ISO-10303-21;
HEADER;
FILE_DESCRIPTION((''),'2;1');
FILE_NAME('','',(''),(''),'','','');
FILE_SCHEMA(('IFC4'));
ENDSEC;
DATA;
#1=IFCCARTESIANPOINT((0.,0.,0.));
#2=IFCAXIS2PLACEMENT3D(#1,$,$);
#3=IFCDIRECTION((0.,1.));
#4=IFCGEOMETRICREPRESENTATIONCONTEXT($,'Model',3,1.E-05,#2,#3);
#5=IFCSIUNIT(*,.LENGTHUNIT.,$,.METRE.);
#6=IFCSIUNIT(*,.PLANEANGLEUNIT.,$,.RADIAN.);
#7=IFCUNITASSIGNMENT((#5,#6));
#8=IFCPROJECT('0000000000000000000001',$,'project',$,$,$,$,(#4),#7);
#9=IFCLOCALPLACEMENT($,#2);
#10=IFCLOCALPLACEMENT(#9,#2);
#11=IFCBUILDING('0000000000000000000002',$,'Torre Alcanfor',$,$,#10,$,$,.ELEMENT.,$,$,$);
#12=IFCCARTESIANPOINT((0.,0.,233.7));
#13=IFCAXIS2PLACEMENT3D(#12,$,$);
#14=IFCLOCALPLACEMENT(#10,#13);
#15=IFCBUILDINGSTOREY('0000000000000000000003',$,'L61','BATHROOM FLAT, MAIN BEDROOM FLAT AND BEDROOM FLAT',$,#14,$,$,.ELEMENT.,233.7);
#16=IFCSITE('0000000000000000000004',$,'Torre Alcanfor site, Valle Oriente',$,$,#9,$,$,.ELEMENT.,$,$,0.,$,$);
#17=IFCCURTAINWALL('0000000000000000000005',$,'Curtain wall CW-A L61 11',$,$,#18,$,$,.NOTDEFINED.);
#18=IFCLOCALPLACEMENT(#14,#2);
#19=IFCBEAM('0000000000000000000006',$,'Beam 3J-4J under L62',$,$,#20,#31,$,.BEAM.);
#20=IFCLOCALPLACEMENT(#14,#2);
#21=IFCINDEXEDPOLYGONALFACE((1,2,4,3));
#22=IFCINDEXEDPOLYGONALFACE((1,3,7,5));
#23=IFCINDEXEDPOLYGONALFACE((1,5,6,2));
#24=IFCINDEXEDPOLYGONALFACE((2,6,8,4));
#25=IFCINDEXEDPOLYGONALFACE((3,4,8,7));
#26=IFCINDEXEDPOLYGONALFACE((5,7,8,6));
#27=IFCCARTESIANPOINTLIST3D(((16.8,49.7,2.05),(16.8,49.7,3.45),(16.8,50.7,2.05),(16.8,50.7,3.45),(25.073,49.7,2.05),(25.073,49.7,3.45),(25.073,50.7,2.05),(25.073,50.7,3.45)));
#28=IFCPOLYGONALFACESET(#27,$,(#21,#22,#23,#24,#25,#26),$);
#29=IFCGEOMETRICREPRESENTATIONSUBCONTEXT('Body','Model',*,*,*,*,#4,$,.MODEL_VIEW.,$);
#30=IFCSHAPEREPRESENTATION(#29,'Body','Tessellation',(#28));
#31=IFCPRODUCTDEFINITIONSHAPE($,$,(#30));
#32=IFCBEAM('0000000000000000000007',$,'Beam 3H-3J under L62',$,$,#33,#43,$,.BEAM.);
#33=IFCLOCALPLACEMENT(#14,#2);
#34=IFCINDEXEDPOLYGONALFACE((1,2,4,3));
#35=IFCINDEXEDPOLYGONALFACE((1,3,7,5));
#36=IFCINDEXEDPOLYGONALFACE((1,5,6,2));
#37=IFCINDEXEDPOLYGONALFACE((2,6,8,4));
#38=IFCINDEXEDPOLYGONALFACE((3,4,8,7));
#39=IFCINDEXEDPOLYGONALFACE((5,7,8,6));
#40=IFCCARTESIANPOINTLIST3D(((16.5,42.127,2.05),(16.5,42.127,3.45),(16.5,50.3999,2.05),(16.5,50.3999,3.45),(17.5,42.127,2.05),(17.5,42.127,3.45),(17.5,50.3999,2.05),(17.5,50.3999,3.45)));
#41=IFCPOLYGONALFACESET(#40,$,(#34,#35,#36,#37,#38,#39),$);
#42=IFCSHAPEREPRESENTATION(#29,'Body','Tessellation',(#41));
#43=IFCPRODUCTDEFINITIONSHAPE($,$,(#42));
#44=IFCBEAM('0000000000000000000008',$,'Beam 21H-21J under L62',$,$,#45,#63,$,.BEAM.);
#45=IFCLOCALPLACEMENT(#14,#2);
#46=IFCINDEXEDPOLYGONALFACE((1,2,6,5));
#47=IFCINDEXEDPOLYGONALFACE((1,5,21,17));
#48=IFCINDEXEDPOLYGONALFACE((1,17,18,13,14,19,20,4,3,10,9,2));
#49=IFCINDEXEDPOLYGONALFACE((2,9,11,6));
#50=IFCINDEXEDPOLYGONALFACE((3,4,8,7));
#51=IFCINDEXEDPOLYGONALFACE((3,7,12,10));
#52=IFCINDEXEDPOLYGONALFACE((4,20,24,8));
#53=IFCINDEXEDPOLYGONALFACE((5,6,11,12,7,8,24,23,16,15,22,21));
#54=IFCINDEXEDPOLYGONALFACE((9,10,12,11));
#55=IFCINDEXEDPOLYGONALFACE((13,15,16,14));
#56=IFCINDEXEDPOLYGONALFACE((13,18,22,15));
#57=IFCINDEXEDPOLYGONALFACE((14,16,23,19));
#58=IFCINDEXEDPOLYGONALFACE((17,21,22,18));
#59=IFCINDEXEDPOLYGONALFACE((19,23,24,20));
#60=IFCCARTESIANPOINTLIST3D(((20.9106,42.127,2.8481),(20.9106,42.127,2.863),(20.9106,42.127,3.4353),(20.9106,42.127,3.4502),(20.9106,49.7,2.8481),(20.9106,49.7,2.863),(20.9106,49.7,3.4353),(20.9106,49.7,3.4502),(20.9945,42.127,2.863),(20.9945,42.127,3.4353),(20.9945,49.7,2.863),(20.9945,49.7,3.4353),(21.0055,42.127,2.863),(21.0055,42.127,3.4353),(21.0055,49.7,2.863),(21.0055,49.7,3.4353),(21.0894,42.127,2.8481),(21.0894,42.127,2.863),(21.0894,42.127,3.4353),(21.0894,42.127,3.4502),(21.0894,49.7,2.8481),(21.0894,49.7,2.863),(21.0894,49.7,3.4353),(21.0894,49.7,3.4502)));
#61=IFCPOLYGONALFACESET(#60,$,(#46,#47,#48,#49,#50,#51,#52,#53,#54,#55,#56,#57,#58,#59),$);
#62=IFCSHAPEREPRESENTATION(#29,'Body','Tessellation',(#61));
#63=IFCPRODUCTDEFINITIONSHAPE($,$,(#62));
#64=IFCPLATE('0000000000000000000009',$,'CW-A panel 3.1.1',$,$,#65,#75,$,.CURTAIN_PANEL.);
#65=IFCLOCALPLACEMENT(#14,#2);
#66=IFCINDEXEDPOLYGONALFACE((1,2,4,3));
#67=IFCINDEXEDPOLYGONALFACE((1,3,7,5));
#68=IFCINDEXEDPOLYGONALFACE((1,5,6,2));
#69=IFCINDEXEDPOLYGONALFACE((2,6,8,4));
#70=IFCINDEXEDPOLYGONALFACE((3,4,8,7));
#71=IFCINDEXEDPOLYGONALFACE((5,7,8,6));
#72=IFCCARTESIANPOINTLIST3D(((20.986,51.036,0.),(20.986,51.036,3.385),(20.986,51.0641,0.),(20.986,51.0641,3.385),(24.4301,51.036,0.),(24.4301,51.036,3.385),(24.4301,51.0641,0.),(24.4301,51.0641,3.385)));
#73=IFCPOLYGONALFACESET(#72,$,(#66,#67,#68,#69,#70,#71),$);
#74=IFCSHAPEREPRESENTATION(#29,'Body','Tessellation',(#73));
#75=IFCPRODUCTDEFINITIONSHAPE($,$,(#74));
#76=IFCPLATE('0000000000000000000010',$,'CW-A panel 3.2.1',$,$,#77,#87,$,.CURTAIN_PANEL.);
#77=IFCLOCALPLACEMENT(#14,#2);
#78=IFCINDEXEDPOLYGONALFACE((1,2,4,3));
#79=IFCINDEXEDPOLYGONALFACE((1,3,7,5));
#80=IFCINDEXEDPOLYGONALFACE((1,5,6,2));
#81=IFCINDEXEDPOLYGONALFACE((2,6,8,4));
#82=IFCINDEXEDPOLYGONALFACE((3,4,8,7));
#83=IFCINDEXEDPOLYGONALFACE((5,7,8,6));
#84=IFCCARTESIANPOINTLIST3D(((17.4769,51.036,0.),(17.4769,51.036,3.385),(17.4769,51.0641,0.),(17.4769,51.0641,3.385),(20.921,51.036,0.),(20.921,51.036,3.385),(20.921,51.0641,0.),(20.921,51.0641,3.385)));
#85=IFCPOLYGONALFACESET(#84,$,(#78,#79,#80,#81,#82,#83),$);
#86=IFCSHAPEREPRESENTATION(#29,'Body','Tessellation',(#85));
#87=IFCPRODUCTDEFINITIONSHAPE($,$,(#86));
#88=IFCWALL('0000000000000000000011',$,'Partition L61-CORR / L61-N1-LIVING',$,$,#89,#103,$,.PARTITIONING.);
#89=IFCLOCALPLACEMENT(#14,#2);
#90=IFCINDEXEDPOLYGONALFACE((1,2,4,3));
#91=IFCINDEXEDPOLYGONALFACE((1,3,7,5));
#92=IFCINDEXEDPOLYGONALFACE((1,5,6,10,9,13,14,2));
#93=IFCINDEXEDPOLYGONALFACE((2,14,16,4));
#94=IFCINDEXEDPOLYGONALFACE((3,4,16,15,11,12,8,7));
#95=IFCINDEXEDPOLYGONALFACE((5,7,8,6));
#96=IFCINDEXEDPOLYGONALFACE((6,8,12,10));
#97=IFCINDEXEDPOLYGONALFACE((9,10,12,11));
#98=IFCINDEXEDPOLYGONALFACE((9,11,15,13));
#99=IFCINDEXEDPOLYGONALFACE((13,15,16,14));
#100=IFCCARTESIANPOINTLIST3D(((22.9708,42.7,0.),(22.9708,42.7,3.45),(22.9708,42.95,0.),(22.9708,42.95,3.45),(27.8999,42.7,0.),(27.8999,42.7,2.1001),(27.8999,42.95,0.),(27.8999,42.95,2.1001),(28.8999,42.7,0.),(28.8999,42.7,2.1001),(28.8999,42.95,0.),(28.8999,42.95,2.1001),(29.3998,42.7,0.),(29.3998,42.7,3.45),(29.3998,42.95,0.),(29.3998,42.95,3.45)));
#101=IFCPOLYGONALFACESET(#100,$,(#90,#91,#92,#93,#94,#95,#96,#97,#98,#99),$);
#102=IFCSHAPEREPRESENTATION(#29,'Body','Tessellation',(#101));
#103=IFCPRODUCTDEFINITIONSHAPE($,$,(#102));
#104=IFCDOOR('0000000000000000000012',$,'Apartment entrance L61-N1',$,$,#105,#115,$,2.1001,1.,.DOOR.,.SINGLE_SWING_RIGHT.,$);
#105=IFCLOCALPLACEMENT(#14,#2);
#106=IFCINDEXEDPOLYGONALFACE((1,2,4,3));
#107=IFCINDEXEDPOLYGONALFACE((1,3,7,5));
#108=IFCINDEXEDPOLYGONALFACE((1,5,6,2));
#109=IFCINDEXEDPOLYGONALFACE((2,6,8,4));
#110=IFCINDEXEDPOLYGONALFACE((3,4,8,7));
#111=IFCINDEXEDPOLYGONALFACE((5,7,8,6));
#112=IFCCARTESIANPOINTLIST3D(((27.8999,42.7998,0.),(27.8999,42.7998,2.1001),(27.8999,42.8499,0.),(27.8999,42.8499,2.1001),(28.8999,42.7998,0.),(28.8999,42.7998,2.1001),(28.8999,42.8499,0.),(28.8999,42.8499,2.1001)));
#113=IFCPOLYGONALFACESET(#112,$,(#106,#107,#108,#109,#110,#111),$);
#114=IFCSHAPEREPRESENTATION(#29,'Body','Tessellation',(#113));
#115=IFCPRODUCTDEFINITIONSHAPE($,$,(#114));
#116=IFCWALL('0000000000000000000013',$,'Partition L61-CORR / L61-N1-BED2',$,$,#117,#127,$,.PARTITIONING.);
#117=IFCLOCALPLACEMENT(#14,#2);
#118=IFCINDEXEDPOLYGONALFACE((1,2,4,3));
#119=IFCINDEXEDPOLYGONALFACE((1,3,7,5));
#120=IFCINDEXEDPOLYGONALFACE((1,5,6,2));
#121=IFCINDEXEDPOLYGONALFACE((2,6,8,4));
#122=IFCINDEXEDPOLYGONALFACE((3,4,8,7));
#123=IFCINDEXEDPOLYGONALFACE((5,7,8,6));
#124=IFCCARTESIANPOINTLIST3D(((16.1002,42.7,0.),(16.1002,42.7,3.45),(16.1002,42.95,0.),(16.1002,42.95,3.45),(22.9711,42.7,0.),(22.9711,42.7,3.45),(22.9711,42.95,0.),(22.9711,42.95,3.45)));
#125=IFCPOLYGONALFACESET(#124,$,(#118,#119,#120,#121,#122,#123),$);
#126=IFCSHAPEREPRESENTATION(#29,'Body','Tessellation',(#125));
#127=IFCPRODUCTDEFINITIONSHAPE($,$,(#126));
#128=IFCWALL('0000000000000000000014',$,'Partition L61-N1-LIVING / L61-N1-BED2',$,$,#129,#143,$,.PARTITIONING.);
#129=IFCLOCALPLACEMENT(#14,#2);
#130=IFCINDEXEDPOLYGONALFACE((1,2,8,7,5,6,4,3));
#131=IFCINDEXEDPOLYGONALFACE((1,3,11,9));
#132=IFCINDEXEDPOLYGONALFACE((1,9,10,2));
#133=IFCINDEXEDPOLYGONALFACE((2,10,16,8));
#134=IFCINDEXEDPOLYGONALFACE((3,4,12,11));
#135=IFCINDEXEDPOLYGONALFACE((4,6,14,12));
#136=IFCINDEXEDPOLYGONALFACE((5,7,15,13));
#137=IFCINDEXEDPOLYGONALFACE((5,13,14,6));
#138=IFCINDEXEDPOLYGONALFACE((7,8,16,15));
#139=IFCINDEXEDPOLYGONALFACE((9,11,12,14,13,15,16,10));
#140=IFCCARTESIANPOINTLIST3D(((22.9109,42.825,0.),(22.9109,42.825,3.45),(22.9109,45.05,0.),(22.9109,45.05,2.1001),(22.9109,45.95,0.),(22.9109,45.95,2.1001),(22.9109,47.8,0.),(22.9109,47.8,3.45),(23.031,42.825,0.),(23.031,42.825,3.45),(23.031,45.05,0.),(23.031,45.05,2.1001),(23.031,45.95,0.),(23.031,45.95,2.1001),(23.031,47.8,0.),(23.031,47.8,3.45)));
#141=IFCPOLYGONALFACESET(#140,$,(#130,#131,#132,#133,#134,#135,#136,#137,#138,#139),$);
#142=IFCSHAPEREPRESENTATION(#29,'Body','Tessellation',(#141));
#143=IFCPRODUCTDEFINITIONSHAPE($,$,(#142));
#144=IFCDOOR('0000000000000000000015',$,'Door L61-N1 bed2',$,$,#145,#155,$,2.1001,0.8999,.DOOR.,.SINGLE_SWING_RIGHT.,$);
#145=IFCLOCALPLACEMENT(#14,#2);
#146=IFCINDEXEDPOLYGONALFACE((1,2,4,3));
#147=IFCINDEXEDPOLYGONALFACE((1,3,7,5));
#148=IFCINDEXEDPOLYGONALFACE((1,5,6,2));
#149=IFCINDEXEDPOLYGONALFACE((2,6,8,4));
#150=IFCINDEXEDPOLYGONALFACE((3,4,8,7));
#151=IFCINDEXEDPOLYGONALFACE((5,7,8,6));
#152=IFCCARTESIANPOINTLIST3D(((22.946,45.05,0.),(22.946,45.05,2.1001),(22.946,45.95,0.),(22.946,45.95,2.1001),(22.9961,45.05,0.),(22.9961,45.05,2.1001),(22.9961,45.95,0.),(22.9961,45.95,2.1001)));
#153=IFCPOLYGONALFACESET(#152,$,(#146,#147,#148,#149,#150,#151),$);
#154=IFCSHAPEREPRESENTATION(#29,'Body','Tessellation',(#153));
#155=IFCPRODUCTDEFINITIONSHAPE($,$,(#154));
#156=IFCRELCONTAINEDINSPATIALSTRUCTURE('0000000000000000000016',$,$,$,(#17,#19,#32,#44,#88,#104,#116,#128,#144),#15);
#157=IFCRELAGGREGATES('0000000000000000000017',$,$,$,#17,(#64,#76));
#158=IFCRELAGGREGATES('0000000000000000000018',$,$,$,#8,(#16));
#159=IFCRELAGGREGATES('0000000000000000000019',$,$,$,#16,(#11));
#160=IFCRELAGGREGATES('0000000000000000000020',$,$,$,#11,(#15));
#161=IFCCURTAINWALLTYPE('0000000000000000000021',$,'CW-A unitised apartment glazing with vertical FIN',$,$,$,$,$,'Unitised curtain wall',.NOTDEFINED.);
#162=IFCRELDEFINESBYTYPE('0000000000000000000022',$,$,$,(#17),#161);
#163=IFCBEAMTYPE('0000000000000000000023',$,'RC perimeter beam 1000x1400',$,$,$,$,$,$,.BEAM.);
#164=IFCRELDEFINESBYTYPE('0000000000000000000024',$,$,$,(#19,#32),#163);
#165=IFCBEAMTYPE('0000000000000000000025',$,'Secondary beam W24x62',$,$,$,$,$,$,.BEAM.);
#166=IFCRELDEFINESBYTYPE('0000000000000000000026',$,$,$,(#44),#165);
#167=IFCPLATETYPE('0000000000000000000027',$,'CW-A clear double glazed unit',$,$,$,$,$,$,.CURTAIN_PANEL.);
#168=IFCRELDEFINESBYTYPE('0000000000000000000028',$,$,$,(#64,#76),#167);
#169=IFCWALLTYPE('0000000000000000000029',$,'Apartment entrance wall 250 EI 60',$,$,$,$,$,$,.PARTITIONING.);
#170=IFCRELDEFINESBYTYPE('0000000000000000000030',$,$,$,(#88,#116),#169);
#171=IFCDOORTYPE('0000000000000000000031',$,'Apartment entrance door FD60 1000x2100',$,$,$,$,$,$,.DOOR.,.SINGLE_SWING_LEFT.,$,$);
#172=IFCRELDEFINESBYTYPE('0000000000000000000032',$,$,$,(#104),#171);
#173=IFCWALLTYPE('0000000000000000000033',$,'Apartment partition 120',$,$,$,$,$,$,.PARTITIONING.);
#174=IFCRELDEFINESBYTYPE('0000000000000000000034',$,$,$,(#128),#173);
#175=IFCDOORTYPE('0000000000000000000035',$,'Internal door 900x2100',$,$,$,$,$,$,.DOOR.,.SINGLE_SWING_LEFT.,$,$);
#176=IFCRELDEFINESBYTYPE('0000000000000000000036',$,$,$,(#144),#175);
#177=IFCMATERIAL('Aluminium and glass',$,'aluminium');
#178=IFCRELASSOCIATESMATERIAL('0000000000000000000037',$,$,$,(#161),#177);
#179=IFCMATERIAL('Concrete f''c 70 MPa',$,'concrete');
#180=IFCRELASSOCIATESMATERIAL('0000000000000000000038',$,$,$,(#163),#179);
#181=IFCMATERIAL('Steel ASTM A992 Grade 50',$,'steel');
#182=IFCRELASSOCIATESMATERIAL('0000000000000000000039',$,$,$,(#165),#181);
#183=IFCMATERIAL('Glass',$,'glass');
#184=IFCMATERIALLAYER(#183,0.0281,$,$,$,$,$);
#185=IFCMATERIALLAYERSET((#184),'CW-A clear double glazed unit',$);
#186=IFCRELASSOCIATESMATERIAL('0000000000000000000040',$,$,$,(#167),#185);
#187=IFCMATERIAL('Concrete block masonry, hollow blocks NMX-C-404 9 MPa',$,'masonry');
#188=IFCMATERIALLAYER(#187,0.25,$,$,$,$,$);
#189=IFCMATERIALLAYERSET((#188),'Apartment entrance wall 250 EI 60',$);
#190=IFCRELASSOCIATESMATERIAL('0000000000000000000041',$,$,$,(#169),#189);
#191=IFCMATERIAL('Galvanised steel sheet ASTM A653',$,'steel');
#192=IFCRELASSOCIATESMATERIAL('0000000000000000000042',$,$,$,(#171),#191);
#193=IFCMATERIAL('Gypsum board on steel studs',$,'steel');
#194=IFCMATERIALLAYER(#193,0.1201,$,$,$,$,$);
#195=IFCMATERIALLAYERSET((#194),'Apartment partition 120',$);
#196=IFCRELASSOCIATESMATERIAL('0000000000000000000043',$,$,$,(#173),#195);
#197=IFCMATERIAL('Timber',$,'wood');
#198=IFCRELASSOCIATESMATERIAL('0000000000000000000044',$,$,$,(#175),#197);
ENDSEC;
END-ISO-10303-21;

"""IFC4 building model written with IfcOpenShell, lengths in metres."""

from ifc_helpers import new_model, si_unit, direction, frame, frame_2d, origin, origin_2d, place, context, subcontext, project, spatial, rectangle, i_section, extrude, material, layer, layer_set, material_profile, profile_set, type_object, element, fill, aggregate, save


model = new_model("IFC4")

# Units and contexts
model_context = context("Model", 3, precision=1e-05, world=origin(), true_north=direction((0.0, 1.0)))
body_context = subcontext(model_context, "Body", "Model", "MODEL_VIEW")
ifc_project = project(units=[si_unit("LENGTHUNIT", "METRE"), si_unit("PLANEANGLEUNIT", "RADIAN")], contexts=[model_context])

# Site, building, storey
site_placement = place(None, origin())
site = spatial("IfcSite", under=ifc_project, at=site_placement, Name="Torre Alcanfor site, Valle Oriente", CompositionType="ELEMENT", RefElevation=0.0)
building_placement = place(site_placement, origin())
building = spatial("IfcBuilding", under=site, at=building_placement, Name="Torre Alcanfor", CompositionType="ELEMENT")
storey_placement = place(building_placement, frame((0.0, 0.0, 233.7)))
storey = spatial("IfcBuildingStorey", under=building, at=storey_placement, Name="L61", Description="BATHROOM FLAT, MAIN BEDROOM FLAT AND BEDROOM FLAT", CompositionType="ELEMENT", Elevation=233.7)

# Curtain wall
ifc_material_1 = material(Name="Aluminium and glass", Category="aluminium")
curtain_wall_type = type_object("IfcCurtainWallType", Name="CW-A unitised apartment glazing with vertical FIN", ElementType="Unitised curtain wall", PredefinedType="NOTDEFINED", material=ifc_material_1)
curtain_wall_placement = place(storey_placement, origin())
curtain_wall = element("IfcCurtainWall", 1, at=curtain_wall_placement, inside=storey, type_object=curtain_wall_type, Name="Curtain wall CW-A L61 11", PredefinedType="NOTDEFINED")

# Beams
ifc_material_2 = material(Name="Concrete f'c 70 MPa", Category="concrete")
ifc_material_profile_1 = material_profile(ifc_material_2, rectangle(XDim=1.0, YDim=1.3999, at=origin_2d()), Name="1000x1400")
ifc_profile_set_1 = profile_set([ifc_material_profile_1], Name="Concrete f'c 70 MPa")
beam_type_1 = type_object("IfcBeamType", Name="RC perimeter beam 1000x1400", PredefinedType="BEAM", material=ifc_profile_set_1)
for number, where, z_axis, x_axis, name in (
    (2, (16.8, 50.2, 2.75), (1.0, 0.0, 0.0), (0.0, 1.0, 0.0), "Beam 3J-4J under L62"),
    (3, (17.0, 42.127, 2.75), (0.0, 1.0, 0.0), (-1.0, 0.0, 0.0), "Beam 3H-3J under L62"),
):
    element("IfcBeam", number, at=place(storey_placement, frame(where, z_axis=z_axis, x_axis=x_axis)), inside=storey, type_object=beam_type_1, Name=name, PredefinedType="BEAM", context=body_context, shape_type="SweptSolid", body=[
        extrude(rectangle(XDim=1.0, YDim=1.3999, at=origin_2d()), origin(), (0.0, 0.0, 1.0), 8.2729),
    ])
ifc_material_3 = material(Name="Steel ASTM A992 Grade 50", Category="steel")
ifc_material_profile_2 = material_profile(ifc_material_3, i_section(OverallWidth=0.1787, OverallDepth=0.6021, WebThickness=0.011, FlangeThickness=0.0149, at=origin_2d()), Name="W24x62")
ifc_profile_set_2 = profile_set([ifc_material_profile_2], Name="Steel ASTM A992 Grade 50")
beam_type_2 = type_object("IfcBeamType", Name="Secondary beam W24x62", PredefinedType="BEAM", material=ifc_profile_set_2)
beam_1_placement = place(storey_placement, frame((21.0, 42.127, 3.1492), z_axis=(0.0, 1.0, 0.0), x_axis=(-1.0, 0.0, 0.0)))
element("IfcBeam", 4, at=beam_1_placement, inside=storey, type_object=beam_type_2, Name="Beam 21H-21J under L62", PredefinedType="BEAM", context=body_context, shape_type="SweptSolid", body=[
    extrude(i_section(OverallWidth=0.1787, OverallDepth=0.6021, WebThickness=0.011, FlangeThickness=0.0149, at=origin_2d()), origin(), (0.0, 0.0, 1.0), 7.573),
])

# Plates
ifc_material_4 = material(Name="Glass", Category="glass")
ifc_layer_1 = layer(ifc_material_4, 0.0281)
ifc_layer_set_1 = layer_set([ifc_layer_1], Name="CW-A clear double glazed unit")
plate_type = type_object("IfcPlateType", Name="CW-A clear double glazed unit", PredefinedType="CURTAIN_PANEL", material=ifc_layer_set_1)
plate_1_placement = place(storey_placement, frame((22.708, 51.05, 0.0), z_axis=(0.0, 0.0, 1.0), x_axis=(-1.0, 0.0, 0.0)))
plate_1 = element("IfcPlate", 5, at=plate_1_placement, type_object=plate_type, Name="CW-A panel 3.1.1", PredefinedType="CURTAIN_PANEL", context=body_context, shape_type="SweptSolid", body=[
    extrude(rectangle(XDim=3.4441, YDim=0.0281, at=origin_2d()), origin(), (0.0, 0.0, 1.0), 3.385),
])
plate_2_placement = place(storey_placement, frame((19.199, 51.05, 0.0), z_axis=(0.0, 0.0, 1.0), x_axis=(-1.0, 0.0, 0.0)))
plate_2 = element("IfcPlate", 6, at=plate_2_placement, type_object=plate_type, Name="CW-A panel 3.2.1", PredefinedType="CURTAIN_PANEL", context=body_context, shape_type="SweptSolid", body=[
    extrude(rectangle(XDim=3.4441, YDim=0.0281, at=origin_2d()), origin(), (0.0, 0.0, 1.0), 3.385),
])
aggregate(curtain_wall, [plate_1, plate_2])

# Wall, opening, door
ifc_material_5 = material(Name="Concrete block masonry, hollow blocks NMX-C-404 9 MPa", Category="masonry")
ifc_layer_2 = layer(ifc_material_5, 0.25)
ifc_layer_set_2 = layer_set([ifc_layer_2], Name="Apartment entrance wall 250 EI 60")
wall_type_1 = type_object("IfcWallType", Name="Apartment entrance wall 250 EI 60", PredefinedType="PARTITIONING", material=ifc_layer_set_2)
wall_1_placement = place(storey_placement, frame((22.9709, 42.825, 0.0), z_axis=(0.0, 0.0, 1.0), x_axis=(1.0, 0.0, 0.0)))
wall_1 = element("IfcWall", 7, at=wall_1_placement, inside=storey, type_object=wall_type_1, Name="Partition L61-CORR / L61-N1-LIVING", PredefinedType="PARTITIONING", context=body_context, shape_type="SweptSolid", body=[
    extrude(rectangle(XDim=6.429, YDim=0.25, at=frame_2d((3.2144, 0.0))), origin(), (0.0, 0.0, 1.0), 3.45),
])
opening_1_placement = place(wall_1_placement, frame((4.929, 0.0, 0.0)))
opening_1 = element("IfcOpeningElement", 8, at=opening_1_placement, cuts=wall_1, PredefinedType="OPENING", context=body_context, shape_type="SweptSolid", body=[
    extrude(rectangle(XDim=1.0, YDim=2.1001, at=frame_2d((0.5, 1.05))), frame((0.0, 0.135, 0.0), z_axis=(0.0, -1.0, 0.0), x_axis=(1.0, 0.0, 0.0)), (0.0, 0.0, 1.0), 0.27),
])
ifc_material_6 = material(Name="Galvanised steel sheet ASTM A653", Category="steel")
door_type_1 = type_object("IfcDoorType", Name="Apartment entrance door FD60 1000x2100", OperationType="SINGLE_SWING_LEFT", PredefinedType="DOOR", material=ifc_material_6)
door_1_placement = place(opening_1_placement, origin())
door_1 = element("IfcDoor", 9, at=door_1_placement, inside=storey, type_object=door_type_1, Name="Apartment entrance L61-N1", OperationType="SINGLE_SWING_RIGHT", OverallHeight=2.1001, OverallWidth=1.0, PredefinedType="DOOR", context=body_context, shape_type="SweptSolid", body=[
    extrude(rectangle(XDim=1.0, YDim=2.1001, at=frame_2d((0.5, 1.05))), frame((0.0, 0.0249, 0.0), z_axis=(0.0, -1.0, 0.0), x_axis=(1.0, 0.0, 0.0)), (0.0, 0.0, 1.0), 0.05),
])
fill(opening_1, door_1)

# Wall
wall_2_placement = place(storey_placement, frame((16.1001, 42.825, 0.0), z_axis=(0.0, 0.0, 1.0), x_axis=(1.0, 0.0, 0.0)))
element("IfcWall", 10, at=wall_2_placement, inside=storey, type_object=wall_type_1, Name="Partition L61-CORR / L61-N1-BED2", PredefinedType="PARTITIONING", context=body_context, shape_type="SweptSolid", body=[
    extrude(rectangle(XDim=6.8708, YDim=0.25, at=frame_2d((3.4355, 0.0))), origin(), (0.0, 0.0, 1.0), 3.45),
])

# Wall, opening, door
ifc_material_7 = material(Name="Gypsum board on steel studs", Category="steel")
ifc_layer_3 = layer(ifc_material_7, 0.1201)
ifc_layer_set_3 = layer_set([ifc_layer_3], Name="Apartment partition 120")
wall_type_2 = type_object("IfcWallType", Name="Apartment partition 120", PredefinedType="PARTITIONING", material=ifc_layer_set_3)
wall_3_placement = place(storey_placement, frame((22.9709, 42.825, 0.0), z_axis=(0.0, 0.0, 1.0), x_axis=(0.0, 1.0, 0.0)))
wall_3 = element("IfcWall", 11, at=wall_3_placement, inside=storey, type_object=wall_type_2, Name="Partition L61-N1-LIVING / L61-N1-BED2", PredefinedType="PARTITIONING", context=body_context, shape_type="SweptSolid", body=[
    extrude(rectangle(XDim=4.9751, YDim=0.1201, at=frame_2d((2.4875, 0.0))), origin(), (0.0, 0.0, 1.0), 3.45),
])
opening_2_placement = place(wall_3_placement, frame((2.2251, 0.0, 0.0)))
opening_2 = element("IfcOpeningElement", 12, at=opening_2_placement, cuts=wall_3, PredefinedType="OPENING", context=body_context, shape_type="SweptSolid", body=[
    extrude(rectangle(XDim=0.8999, YDim=2.1001, at=frame_2d((0.45, 1.05))), frame((0.0, 0.0701, 0.0), z_axis=(0.0, -1.0, 0.0), x_axis=(1.0, 0.0, 0.0)), (0.0, 0.0, 1.0), 0.1401),
])
ifc_material_8 = material(Name="Timber", Category="wood")
door_type_2 = type_object("IfcDoorType", Name="Internal door 900x2100", OperationType="SINGLE_SWING_LEFT", PredefinedType="DOOR", material=ifc_material_8)
door_2_placement = place(opening_2_placement, origin())
door_2 = element("IfcDoor", 13, at=door_2_placement, inside=storey, type_object=door_type_2, Name="Door L61-N1 bed2", OperationType="SINGLE_SWING_RIGHT", OverallHeight=2.1001, OverallWidth=0.8999, PredefinedType="DOOR", context=body_context, shape_type="SweptSolid", body=[
    extrude(rectangle(XDim=0.8999, YDim=2.1001, at=frame_2d((0.45, 1.05))), frame((0.0, 0.0249, 0.0), z_axis=(0.0, -1.0, 0.0), x_axis=(1.0, 0.0, 0.0)), (0.0, 0.0, 1.0), 0.05),
])
fill(opening_2, door_2)

save(model, "model.ifc")
